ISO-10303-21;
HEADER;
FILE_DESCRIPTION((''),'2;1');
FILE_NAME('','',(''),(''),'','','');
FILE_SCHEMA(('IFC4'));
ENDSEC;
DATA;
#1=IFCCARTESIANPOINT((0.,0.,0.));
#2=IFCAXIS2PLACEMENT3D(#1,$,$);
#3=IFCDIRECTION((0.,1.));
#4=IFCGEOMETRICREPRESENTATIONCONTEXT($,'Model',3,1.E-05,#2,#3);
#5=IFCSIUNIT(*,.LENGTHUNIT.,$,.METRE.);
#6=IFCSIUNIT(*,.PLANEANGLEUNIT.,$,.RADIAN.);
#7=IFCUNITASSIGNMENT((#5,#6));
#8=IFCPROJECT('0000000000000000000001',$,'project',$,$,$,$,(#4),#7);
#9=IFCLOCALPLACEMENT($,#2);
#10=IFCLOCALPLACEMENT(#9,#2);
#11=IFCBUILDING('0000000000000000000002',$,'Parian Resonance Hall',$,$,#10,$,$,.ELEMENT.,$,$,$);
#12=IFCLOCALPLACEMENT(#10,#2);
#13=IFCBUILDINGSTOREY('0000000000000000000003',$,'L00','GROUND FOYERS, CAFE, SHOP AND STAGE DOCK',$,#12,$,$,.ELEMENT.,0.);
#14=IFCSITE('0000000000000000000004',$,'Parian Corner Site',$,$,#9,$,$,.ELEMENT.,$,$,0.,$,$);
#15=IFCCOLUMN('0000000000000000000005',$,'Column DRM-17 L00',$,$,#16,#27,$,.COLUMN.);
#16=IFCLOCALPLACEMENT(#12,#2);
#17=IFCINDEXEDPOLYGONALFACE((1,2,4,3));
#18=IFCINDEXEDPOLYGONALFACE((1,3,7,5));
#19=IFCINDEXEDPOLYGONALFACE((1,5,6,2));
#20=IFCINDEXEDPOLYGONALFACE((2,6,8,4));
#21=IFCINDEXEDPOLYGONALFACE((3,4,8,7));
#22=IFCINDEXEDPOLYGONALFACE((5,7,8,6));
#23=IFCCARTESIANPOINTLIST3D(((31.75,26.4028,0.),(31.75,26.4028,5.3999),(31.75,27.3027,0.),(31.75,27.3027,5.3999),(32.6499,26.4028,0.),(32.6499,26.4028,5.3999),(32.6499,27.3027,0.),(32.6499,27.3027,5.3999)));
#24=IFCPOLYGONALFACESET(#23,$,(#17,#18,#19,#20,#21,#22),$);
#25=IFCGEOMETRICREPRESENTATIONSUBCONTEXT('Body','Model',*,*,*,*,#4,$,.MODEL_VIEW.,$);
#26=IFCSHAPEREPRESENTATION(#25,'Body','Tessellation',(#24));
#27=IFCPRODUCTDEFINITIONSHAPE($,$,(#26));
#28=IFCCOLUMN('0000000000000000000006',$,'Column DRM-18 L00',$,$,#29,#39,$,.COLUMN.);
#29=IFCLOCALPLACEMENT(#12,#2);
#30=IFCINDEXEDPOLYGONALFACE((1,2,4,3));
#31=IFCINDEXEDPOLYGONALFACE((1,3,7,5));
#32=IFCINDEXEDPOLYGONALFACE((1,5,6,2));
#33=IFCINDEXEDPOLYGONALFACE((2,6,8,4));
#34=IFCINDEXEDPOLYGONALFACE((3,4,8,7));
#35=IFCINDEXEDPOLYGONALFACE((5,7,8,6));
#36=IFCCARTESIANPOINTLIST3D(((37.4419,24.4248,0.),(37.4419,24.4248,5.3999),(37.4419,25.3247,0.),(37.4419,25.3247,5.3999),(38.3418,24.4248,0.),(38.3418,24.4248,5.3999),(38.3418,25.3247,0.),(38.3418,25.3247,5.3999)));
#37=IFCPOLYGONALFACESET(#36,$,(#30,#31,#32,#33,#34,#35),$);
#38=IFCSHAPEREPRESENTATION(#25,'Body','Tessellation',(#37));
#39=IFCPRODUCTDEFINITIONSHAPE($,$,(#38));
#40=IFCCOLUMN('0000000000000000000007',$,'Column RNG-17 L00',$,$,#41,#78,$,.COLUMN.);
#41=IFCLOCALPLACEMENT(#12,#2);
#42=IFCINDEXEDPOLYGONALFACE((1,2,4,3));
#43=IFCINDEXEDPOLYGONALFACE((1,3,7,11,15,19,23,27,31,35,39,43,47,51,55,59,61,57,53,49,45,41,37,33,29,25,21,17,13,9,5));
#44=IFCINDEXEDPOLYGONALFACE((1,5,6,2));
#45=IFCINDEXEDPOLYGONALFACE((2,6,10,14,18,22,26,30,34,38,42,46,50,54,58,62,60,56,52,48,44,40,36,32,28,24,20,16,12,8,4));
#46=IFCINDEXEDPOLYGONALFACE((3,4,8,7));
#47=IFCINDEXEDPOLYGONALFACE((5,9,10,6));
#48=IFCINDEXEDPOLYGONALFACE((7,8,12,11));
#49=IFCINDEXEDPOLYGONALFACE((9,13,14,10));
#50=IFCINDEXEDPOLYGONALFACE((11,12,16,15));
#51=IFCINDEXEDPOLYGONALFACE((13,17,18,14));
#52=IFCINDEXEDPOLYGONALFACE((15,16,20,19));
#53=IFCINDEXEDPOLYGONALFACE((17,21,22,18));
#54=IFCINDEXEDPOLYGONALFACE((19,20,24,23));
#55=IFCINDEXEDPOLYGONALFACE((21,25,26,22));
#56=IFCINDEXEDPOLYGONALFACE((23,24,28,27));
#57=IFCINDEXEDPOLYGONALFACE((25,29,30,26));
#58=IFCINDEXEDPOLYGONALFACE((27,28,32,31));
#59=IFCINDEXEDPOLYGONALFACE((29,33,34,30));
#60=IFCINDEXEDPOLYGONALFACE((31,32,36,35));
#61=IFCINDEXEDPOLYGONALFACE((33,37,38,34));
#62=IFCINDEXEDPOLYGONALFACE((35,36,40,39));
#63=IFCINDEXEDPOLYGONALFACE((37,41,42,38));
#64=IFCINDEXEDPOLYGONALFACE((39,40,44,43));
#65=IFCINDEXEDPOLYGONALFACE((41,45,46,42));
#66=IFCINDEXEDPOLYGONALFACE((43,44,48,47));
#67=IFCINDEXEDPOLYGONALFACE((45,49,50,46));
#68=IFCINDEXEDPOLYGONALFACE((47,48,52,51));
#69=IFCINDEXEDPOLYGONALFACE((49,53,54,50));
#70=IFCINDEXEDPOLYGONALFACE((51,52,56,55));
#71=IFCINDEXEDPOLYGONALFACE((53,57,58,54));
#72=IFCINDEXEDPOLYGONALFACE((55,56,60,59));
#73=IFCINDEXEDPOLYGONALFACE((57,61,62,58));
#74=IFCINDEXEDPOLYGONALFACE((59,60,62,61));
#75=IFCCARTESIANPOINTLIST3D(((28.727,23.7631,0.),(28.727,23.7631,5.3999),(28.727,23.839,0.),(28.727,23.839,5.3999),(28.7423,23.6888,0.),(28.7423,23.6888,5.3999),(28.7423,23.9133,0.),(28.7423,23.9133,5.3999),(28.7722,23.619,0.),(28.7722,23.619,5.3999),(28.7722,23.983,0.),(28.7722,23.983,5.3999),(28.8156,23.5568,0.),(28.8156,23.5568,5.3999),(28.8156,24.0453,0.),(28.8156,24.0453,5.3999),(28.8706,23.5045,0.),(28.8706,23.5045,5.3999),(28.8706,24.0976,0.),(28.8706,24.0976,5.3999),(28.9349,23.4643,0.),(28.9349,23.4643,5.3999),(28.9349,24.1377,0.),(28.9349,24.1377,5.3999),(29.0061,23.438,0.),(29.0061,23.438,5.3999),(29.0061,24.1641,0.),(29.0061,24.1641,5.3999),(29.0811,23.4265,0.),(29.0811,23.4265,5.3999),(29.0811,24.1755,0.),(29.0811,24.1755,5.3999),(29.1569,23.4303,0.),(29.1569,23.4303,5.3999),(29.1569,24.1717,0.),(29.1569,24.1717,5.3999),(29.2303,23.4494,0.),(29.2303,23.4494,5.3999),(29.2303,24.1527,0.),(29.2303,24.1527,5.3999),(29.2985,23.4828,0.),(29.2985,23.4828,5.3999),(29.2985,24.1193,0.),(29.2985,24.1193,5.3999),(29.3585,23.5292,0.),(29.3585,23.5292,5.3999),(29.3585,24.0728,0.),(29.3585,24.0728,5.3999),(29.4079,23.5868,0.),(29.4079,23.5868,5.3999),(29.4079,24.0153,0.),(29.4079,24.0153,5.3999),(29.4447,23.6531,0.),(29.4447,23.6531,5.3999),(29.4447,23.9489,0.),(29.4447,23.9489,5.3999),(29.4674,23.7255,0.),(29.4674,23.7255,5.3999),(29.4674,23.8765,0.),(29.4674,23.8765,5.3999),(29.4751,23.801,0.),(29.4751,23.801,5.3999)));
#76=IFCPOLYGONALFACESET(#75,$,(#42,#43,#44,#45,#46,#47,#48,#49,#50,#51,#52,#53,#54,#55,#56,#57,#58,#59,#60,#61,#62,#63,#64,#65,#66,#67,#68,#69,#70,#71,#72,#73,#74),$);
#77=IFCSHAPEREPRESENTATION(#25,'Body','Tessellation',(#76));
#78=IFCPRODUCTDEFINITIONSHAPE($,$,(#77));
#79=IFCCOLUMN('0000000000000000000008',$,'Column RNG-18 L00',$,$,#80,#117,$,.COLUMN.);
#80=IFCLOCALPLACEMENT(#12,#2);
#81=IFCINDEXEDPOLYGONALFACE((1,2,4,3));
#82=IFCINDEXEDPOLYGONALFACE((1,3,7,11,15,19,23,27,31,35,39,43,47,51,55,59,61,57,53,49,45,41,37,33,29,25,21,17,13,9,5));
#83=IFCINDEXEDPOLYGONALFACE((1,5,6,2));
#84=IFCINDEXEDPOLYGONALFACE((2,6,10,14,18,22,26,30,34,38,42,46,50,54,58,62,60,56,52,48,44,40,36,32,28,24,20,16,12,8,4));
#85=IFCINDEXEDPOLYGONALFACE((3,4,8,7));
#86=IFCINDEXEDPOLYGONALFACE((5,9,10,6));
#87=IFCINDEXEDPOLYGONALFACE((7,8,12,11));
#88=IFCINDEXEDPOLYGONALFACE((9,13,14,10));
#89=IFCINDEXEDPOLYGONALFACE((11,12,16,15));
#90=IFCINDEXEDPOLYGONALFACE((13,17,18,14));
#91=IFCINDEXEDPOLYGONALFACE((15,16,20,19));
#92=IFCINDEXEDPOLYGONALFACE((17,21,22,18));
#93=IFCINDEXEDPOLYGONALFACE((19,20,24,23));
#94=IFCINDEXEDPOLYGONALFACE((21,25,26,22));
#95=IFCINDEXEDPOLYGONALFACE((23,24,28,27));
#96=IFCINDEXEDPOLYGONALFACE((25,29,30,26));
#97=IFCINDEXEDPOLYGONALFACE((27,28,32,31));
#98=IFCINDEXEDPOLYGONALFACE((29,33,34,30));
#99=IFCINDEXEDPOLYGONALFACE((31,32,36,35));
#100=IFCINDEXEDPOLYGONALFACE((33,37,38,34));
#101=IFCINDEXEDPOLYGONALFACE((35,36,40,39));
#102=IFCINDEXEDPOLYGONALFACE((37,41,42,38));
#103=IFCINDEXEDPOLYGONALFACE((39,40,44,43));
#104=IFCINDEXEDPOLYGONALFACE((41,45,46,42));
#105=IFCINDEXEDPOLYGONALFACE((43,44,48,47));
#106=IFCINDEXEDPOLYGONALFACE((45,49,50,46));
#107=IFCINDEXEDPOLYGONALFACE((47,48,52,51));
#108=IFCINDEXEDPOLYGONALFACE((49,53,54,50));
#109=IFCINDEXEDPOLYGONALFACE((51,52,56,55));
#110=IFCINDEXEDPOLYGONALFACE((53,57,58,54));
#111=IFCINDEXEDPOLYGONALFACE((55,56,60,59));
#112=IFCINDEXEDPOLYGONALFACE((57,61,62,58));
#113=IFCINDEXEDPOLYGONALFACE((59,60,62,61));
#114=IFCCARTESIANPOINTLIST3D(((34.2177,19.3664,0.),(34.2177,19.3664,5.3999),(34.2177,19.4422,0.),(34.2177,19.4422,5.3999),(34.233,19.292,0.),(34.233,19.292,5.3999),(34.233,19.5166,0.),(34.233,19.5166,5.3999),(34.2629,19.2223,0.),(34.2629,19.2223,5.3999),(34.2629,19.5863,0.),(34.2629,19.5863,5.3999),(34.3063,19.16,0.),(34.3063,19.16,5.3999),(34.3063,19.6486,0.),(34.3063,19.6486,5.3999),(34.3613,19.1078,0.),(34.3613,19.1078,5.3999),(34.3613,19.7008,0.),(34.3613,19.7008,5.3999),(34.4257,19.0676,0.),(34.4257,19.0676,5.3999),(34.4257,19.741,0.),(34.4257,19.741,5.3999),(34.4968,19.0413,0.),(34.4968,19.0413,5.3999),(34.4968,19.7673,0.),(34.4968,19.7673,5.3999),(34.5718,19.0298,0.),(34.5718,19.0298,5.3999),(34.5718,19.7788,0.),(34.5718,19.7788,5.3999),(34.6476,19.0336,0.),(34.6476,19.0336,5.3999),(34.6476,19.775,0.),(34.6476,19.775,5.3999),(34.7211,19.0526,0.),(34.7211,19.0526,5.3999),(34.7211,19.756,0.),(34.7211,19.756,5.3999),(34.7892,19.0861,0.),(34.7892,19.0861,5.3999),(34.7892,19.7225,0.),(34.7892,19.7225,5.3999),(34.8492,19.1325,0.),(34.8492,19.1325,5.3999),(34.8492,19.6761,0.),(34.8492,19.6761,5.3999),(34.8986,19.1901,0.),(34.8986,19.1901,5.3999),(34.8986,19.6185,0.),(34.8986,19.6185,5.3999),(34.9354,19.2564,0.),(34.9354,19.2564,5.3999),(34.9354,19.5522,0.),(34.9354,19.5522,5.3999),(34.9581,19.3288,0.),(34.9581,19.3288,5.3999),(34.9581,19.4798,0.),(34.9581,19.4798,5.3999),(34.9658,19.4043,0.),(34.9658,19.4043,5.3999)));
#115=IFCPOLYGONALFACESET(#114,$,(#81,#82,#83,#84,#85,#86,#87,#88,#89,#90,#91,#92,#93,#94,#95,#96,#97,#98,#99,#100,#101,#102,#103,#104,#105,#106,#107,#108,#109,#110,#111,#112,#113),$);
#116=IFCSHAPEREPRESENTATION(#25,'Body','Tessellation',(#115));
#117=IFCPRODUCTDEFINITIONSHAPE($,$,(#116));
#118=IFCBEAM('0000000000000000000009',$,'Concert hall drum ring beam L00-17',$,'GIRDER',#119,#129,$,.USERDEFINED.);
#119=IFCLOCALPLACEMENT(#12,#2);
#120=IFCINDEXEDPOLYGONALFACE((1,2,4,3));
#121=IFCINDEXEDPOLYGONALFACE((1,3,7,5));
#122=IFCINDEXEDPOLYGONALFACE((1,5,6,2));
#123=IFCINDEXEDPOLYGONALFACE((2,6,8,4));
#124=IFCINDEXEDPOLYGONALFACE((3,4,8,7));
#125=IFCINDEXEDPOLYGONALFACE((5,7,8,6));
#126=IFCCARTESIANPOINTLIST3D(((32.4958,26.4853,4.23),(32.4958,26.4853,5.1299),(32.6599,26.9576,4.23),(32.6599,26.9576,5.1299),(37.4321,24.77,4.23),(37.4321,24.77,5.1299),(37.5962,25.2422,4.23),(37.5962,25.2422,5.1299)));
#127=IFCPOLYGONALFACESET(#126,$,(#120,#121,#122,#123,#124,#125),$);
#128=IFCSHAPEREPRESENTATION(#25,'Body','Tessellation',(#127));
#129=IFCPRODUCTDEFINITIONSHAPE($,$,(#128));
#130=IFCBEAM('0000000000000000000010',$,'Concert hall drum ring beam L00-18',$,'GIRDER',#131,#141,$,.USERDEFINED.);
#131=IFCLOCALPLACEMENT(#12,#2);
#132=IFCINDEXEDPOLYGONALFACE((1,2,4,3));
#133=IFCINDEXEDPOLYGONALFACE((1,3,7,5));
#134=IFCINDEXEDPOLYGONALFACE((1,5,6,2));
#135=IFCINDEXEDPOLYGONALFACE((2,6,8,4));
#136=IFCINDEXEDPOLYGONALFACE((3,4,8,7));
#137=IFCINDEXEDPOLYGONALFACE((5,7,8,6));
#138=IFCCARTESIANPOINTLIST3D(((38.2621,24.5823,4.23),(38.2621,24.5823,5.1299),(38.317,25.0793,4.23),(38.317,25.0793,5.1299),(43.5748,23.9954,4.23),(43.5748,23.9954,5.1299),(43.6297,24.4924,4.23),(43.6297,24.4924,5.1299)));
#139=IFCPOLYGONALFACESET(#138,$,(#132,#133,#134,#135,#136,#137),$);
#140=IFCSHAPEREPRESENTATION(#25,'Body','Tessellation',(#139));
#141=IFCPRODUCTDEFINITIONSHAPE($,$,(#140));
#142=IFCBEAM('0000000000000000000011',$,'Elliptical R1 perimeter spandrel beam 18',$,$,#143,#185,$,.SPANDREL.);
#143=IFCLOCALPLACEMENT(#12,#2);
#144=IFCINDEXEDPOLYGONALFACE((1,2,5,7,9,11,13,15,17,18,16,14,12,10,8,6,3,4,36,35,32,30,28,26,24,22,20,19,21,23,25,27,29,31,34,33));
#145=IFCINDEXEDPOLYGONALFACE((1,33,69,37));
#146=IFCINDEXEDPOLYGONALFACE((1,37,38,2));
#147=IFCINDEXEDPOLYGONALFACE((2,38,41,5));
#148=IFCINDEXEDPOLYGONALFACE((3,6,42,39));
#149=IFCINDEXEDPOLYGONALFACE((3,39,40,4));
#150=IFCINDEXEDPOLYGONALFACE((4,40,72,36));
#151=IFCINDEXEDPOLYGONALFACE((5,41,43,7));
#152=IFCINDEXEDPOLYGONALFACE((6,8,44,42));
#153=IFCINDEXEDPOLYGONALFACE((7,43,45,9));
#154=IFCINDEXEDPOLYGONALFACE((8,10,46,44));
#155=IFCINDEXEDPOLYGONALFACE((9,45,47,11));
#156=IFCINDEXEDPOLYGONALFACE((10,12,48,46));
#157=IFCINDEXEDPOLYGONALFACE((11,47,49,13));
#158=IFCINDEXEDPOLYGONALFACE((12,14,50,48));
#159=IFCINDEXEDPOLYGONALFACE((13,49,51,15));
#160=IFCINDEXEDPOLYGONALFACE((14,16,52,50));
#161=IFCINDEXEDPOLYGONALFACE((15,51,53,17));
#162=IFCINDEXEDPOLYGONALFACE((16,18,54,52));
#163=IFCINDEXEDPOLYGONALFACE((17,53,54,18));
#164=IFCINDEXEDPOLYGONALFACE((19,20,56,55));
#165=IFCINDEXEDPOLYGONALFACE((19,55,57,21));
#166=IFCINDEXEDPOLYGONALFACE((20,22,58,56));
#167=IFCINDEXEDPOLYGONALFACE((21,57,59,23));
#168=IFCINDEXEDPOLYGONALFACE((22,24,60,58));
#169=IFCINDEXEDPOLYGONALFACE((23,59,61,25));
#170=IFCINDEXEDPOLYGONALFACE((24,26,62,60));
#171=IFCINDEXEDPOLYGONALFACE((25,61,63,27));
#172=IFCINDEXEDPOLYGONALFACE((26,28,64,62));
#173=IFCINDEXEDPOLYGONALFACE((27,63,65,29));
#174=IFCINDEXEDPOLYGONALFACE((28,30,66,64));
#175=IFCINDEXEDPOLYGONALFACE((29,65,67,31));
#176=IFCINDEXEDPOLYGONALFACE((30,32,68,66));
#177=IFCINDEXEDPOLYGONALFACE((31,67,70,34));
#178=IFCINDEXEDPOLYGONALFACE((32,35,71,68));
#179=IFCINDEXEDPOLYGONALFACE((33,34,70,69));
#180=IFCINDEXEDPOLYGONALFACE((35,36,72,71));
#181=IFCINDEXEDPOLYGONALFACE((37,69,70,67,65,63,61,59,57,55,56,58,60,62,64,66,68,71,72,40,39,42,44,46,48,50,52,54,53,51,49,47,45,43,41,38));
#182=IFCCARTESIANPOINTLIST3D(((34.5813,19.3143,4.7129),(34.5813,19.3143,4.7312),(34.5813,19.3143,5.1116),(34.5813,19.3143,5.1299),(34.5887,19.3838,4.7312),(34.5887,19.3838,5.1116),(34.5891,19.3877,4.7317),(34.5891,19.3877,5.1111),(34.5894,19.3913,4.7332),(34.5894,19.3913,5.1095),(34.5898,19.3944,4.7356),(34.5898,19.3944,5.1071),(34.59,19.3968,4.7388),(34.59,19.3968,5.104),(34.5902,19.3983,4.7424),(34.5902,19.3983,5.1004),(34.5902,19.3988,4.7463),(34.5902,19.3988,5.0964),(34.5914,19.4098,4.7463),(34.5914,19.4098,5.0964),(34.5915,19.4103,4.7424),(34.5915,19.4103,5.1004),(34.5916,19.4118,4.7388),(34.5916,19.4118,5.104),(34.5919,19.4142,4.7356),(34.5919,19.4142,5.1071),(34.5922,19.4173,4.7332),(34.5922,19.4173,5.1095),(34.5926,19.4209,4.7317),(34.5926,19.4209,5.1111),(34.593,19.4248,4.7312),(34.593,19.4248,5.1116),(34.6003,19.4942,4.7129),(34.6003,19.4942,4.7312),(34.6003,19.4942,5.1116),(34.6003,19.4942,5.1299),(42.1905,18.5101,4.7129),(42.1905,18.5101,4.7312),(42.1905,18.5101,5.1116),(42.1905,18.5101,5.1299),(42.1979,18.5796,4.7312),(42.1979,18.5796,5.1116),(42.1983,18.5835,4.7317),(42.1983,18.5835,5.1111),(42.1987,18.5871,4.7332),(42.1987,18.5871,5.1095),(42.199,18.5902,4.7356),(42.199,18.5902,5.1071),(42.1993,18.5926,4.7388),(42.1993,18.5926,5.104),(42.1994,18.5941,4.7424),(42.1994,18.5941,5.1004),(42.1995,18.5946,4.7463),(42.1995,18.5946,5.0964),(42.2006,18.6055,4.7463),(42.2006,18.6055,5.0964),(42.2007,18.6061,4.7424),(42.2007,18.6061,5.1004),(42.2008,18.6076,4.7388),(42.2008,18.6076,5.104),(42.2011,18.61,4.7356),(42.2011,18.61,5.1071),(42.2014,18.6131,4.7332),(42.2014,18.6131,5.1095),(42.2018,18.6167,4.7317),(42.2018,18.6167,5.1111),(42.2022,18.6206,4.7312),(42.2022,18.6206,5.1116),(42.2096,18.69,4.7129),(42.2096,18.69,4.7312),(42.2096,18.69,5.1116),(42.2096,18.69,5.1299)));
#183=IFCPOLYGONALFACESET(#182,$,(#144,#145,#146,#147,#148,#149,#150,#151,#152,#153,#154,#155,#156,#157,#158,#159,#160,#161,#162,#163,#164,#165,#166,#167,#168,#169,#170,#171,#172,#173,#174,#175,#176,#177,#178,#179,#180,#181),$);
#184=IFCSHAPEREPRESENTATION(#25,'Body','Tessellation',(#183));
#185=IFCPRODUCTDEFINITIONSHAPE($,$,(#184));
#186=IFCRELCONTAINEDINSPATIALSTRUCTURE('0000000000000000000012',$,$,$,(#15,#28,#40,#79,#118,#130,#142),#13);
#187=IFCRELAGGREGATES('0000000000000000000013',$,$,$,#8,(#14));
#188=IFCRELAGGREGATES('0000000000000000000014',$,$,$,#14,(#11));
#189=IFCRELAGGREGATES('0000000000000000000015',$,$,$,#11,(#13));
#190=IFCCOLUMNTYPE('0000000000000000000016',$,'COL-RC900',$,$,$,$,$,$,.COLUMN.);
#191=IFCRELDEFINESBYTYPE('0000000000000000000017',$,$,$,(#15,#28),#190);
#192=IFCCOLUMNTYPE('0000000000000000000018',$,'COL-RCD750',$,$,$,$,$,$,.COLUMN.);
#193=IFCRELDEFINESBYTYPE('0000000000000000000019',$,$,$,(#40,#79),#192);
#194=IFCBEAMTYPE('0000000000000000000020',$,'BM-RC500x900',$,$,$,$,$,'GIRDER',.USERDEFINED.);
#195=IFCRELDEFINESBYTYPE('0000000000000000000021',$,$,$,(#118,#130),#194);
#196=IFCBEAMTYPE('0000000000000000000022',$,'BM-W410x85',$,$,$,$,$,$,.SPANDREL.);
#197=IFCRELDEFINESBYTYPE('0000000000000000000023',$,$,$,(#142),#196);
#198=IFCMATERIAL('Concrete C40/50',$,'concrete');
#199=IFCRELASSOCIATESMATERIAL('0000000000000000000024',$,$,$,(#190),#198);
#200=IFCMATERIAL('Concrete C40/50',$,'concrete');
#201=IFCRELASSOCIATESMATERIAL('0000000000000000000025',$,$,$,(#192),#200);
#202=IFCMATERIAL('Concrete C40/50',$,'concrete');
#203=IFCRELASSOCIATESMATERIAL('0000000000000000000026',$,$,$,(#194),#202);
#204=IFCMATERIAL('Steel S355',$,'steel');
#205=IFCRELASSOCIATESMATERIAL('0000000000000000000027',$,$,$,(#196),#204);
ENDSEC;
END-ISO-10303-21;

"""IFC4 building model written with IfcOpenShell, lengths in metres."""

from ifc_helpers import new_model, si_unit, direction, frame, origin, origin_2d, place, context, subcontext, project, spatial, rectangle, circle, i_section, extrude, material, material_profile, profile_set, type_object, element, save


model = new_model("IFC4")

# Units and contexts
model_context = context("Model", 3, precision=1e-05, world=origin(), true_north=direction((0.0, 1.0)))
body_context = subcontext(model_context, "Body", "Model", "MODEL_VIEW")
ifc_project = project(units=[si_unit("LENGTHUNIT", "METRE"), si_unit("PLANEANGLEUNIT", "RADIAN")], contexts=[model_context])

# Site, building, storey
site_placement = place(None, origin())
site = spatial("IfcSite", under=ifc_project, at=site_placement, Name="Parian Corner Site", CompositionType="ELEMENT", RefElevation=0.0)
building_placement = place(site_placement, origin())
building = spatial("IfcBuilding", under=site, at=building_placement, Name="Parian Resonance Hall", CompositionType="ELEMENT")
storey_placement = place(building_placement, origin())
storey = spatial("IfcBuildingStorey", under=building, at=storey_placement, Name="L00", Description="GROUND FOYERS, CAFE, SHOP AND STAGE DOCK", CompositionType="ELEMENT", Elevation=0.0)

# Columns
ifc_material_1 = material(Name="Concrete C40/50", Category="concrete")
ifc_material_profile_1 = material_profile(ifc_material_1, rectangle(XDim=0.8999, YDim=0.8999, at=origin_2d()), Name="RC-COL-900x900")
ifc_profile_set_1 = profile_set([ifc_material_profile_1], Name="Concrete C40/50")
column_type_1 = type_object("IfcColumnType", Name="COL-RC900", PredefinedType="COLUMN", material=ifc_profile_set_1)
for number, where, z_axis, x_axis, name in (
    (1, (32.2, 26.8528, 0.0), (0.0, 0.0, 1.0), (1.0, 0.0, 0.0), "Column DRM-17 L00"),
    (2, (37.8918, 24.8748, 0.0), (0.0, 0.0, 1.0), (1.0, 0.0, 0.0), "Column DRM-18 L00"),
):
    element("IfcColumn", number, at=place(storey_placement, frame(where, z_axis=z_axis, x_axis=x_axis)), inside=storey, type_object=column_type_1, Name=name, PredefinedType="COLUMN", context=body_context, shape_type="SweptSolid", body=[
        extrude(rectangle(XDim=0.8999, YDim=0.8999, at=origin_2d()), origin(), (0.0, 0.0, 1.0), 5.3999),
    ])
ifc_material_2 = material(Name="Concrete C40/50", Category="concrete")
ifc_material_profile_2 = material_profile(ifc_material_2, circle(Radius=0.375, at=origin_2d()), Name="RC-COL-D750")
ifc_profile_set_2 = profile_set([ifc_material_profile_2], Name="Concrete C40/50")
column_type_2 = type_object("IfcColumnType", Name="COL-RCD750", PredefinedType="COLUMN", material=ifc_profile_set_2)
for number, where, z_axis, x_axis, name in (
    (3, (29.1001, 23.801, 0.0), (0.0, 0.0, 1.0), (1.0, 0.0, 0.0), "Column RNG-17 L00"),
    (4, (34.5908, 19.4043, 0.0), (0.0, 0.0, 1.0), (1.0, 0.0, 0.0), "Column RNG-18 L00"),
):
    element("IfcColumn", number, at=place(storey_placement, frame(where, z_axis=z_axis, x_axis=x_axis)), inside=storey, type_object=column_type_2, Name=name, PredefinedType="COLUMN", context=body_context, shape_type="SweptSolid", body=[
        extrude(circle(Radius=0.375, at=origin_2d()), origin(), (0.0, 0.0, 1.0), 5.3999),
    ])

# Beams
ifc_material_3 = material(Name="Concrete C40/50", Category="concrete")
ifc_material_profile_3 = material_profile(ifc_material_3, rectangle(XDim=0.5, YDim=0.8999, at=origin_2d()), Name="RC-BM-500x900")
ifc_profile_set_3 = profile_set([ifc_material_profile_3], Name="Concrete C40/50")
beam_type_1 = type_object("IfcBeamType", Name="BM-RC500x900", ElementType="GIRDER", PredefinedType="USERDEFINED", material=ifc_profile_set_3)
beam_1_placement = place(storey_placement, frame((32.5779, 26.7214, 4.6799), z_axis=(0.944594, -0.328242, 0.0), x_axis=(0.328242, 0.944594, 0.0)))
element("IfcBeam", 5, at=beam_1_placement, inside=storey, type_object=beam_type_1, Name="Concert hall drum ring beam L00-17", ObjectType="GIRDER", PredefinedType="USERDEFINED", context=body_context, shape_type="SweptSolid", body=[
    extrude(rectangle(XDim=0.5, YDim=0.8999, at=origin_2d()), origin(), (0.0, 0.0, 1.0), 5.2258),
])
beam_2_placement = place(storey_placement, frame((38.2896, 24.8308, 4.6799), z_axis=(0.993953, -0.109805, 0.0), x_axis=(0.109805, 0.993953, 0.0)))
element("IfcBeam", 6, at=beam_2_placement, inside=storey, type_object=beam_type_1, Name="Concert hall drum ring beam L00-18", ObjectType="GIRDER", PredefinedType="USERDEFINED", context=body_context, shape_type="SweptSolid", body=[
    extrude(rectangle(XDim=0.5, YDim=0.8999, at=origin_2d()), origin(), (0.0, 0.0, 1.0), 5.345),
])
ifc_material_4 = material(Name="Steel S355", Category="steel")
ifc_material_profile_4 = material_profile(ifc_material_4, i_section(OverallWidth=0.1809, OverallDepth=0.417, WebThickness=0.011, FlangeThickness=0.0183, FilletRadius=0.0151, at=origin_2d()), Name="W410x85")
ifc_profile_set_4 = profile_set([ifc_material_profile_4], Name="Steel S355")
beam_type_2 = type_object("IfcBeamType", Name="BM-W410x85", PredefinedType="SPANDREL", material=ifc_profile_set_4)
beam_3_placement = place(storey_placement, frame((34.5908, 19.4043, 4.9214), z_axis=(0.994461, -0.105103, 0.0), x_axis=(0.105103, 0.994461, 0.0)))
element("IfcBeam", 7, at=beam_3_placement, inside=storey, type_object=beam_type_2, Name="Elliptical R1 perimeter spandrel beam 18", PredefinedType="SPANDREL", context=body_context, shape_type="SweptSolid", body=[
    extrude(i_section(OverallWidth=0.1809, OverallDepth=0.417, WebThickness=0.011, FlangeThickness=0.0183, FilletRadius=0.0151, at=origin_2d()), origin(), (0.0, 0.0, 1.0), 7.6516),
])

save(model, "model.ifc")
